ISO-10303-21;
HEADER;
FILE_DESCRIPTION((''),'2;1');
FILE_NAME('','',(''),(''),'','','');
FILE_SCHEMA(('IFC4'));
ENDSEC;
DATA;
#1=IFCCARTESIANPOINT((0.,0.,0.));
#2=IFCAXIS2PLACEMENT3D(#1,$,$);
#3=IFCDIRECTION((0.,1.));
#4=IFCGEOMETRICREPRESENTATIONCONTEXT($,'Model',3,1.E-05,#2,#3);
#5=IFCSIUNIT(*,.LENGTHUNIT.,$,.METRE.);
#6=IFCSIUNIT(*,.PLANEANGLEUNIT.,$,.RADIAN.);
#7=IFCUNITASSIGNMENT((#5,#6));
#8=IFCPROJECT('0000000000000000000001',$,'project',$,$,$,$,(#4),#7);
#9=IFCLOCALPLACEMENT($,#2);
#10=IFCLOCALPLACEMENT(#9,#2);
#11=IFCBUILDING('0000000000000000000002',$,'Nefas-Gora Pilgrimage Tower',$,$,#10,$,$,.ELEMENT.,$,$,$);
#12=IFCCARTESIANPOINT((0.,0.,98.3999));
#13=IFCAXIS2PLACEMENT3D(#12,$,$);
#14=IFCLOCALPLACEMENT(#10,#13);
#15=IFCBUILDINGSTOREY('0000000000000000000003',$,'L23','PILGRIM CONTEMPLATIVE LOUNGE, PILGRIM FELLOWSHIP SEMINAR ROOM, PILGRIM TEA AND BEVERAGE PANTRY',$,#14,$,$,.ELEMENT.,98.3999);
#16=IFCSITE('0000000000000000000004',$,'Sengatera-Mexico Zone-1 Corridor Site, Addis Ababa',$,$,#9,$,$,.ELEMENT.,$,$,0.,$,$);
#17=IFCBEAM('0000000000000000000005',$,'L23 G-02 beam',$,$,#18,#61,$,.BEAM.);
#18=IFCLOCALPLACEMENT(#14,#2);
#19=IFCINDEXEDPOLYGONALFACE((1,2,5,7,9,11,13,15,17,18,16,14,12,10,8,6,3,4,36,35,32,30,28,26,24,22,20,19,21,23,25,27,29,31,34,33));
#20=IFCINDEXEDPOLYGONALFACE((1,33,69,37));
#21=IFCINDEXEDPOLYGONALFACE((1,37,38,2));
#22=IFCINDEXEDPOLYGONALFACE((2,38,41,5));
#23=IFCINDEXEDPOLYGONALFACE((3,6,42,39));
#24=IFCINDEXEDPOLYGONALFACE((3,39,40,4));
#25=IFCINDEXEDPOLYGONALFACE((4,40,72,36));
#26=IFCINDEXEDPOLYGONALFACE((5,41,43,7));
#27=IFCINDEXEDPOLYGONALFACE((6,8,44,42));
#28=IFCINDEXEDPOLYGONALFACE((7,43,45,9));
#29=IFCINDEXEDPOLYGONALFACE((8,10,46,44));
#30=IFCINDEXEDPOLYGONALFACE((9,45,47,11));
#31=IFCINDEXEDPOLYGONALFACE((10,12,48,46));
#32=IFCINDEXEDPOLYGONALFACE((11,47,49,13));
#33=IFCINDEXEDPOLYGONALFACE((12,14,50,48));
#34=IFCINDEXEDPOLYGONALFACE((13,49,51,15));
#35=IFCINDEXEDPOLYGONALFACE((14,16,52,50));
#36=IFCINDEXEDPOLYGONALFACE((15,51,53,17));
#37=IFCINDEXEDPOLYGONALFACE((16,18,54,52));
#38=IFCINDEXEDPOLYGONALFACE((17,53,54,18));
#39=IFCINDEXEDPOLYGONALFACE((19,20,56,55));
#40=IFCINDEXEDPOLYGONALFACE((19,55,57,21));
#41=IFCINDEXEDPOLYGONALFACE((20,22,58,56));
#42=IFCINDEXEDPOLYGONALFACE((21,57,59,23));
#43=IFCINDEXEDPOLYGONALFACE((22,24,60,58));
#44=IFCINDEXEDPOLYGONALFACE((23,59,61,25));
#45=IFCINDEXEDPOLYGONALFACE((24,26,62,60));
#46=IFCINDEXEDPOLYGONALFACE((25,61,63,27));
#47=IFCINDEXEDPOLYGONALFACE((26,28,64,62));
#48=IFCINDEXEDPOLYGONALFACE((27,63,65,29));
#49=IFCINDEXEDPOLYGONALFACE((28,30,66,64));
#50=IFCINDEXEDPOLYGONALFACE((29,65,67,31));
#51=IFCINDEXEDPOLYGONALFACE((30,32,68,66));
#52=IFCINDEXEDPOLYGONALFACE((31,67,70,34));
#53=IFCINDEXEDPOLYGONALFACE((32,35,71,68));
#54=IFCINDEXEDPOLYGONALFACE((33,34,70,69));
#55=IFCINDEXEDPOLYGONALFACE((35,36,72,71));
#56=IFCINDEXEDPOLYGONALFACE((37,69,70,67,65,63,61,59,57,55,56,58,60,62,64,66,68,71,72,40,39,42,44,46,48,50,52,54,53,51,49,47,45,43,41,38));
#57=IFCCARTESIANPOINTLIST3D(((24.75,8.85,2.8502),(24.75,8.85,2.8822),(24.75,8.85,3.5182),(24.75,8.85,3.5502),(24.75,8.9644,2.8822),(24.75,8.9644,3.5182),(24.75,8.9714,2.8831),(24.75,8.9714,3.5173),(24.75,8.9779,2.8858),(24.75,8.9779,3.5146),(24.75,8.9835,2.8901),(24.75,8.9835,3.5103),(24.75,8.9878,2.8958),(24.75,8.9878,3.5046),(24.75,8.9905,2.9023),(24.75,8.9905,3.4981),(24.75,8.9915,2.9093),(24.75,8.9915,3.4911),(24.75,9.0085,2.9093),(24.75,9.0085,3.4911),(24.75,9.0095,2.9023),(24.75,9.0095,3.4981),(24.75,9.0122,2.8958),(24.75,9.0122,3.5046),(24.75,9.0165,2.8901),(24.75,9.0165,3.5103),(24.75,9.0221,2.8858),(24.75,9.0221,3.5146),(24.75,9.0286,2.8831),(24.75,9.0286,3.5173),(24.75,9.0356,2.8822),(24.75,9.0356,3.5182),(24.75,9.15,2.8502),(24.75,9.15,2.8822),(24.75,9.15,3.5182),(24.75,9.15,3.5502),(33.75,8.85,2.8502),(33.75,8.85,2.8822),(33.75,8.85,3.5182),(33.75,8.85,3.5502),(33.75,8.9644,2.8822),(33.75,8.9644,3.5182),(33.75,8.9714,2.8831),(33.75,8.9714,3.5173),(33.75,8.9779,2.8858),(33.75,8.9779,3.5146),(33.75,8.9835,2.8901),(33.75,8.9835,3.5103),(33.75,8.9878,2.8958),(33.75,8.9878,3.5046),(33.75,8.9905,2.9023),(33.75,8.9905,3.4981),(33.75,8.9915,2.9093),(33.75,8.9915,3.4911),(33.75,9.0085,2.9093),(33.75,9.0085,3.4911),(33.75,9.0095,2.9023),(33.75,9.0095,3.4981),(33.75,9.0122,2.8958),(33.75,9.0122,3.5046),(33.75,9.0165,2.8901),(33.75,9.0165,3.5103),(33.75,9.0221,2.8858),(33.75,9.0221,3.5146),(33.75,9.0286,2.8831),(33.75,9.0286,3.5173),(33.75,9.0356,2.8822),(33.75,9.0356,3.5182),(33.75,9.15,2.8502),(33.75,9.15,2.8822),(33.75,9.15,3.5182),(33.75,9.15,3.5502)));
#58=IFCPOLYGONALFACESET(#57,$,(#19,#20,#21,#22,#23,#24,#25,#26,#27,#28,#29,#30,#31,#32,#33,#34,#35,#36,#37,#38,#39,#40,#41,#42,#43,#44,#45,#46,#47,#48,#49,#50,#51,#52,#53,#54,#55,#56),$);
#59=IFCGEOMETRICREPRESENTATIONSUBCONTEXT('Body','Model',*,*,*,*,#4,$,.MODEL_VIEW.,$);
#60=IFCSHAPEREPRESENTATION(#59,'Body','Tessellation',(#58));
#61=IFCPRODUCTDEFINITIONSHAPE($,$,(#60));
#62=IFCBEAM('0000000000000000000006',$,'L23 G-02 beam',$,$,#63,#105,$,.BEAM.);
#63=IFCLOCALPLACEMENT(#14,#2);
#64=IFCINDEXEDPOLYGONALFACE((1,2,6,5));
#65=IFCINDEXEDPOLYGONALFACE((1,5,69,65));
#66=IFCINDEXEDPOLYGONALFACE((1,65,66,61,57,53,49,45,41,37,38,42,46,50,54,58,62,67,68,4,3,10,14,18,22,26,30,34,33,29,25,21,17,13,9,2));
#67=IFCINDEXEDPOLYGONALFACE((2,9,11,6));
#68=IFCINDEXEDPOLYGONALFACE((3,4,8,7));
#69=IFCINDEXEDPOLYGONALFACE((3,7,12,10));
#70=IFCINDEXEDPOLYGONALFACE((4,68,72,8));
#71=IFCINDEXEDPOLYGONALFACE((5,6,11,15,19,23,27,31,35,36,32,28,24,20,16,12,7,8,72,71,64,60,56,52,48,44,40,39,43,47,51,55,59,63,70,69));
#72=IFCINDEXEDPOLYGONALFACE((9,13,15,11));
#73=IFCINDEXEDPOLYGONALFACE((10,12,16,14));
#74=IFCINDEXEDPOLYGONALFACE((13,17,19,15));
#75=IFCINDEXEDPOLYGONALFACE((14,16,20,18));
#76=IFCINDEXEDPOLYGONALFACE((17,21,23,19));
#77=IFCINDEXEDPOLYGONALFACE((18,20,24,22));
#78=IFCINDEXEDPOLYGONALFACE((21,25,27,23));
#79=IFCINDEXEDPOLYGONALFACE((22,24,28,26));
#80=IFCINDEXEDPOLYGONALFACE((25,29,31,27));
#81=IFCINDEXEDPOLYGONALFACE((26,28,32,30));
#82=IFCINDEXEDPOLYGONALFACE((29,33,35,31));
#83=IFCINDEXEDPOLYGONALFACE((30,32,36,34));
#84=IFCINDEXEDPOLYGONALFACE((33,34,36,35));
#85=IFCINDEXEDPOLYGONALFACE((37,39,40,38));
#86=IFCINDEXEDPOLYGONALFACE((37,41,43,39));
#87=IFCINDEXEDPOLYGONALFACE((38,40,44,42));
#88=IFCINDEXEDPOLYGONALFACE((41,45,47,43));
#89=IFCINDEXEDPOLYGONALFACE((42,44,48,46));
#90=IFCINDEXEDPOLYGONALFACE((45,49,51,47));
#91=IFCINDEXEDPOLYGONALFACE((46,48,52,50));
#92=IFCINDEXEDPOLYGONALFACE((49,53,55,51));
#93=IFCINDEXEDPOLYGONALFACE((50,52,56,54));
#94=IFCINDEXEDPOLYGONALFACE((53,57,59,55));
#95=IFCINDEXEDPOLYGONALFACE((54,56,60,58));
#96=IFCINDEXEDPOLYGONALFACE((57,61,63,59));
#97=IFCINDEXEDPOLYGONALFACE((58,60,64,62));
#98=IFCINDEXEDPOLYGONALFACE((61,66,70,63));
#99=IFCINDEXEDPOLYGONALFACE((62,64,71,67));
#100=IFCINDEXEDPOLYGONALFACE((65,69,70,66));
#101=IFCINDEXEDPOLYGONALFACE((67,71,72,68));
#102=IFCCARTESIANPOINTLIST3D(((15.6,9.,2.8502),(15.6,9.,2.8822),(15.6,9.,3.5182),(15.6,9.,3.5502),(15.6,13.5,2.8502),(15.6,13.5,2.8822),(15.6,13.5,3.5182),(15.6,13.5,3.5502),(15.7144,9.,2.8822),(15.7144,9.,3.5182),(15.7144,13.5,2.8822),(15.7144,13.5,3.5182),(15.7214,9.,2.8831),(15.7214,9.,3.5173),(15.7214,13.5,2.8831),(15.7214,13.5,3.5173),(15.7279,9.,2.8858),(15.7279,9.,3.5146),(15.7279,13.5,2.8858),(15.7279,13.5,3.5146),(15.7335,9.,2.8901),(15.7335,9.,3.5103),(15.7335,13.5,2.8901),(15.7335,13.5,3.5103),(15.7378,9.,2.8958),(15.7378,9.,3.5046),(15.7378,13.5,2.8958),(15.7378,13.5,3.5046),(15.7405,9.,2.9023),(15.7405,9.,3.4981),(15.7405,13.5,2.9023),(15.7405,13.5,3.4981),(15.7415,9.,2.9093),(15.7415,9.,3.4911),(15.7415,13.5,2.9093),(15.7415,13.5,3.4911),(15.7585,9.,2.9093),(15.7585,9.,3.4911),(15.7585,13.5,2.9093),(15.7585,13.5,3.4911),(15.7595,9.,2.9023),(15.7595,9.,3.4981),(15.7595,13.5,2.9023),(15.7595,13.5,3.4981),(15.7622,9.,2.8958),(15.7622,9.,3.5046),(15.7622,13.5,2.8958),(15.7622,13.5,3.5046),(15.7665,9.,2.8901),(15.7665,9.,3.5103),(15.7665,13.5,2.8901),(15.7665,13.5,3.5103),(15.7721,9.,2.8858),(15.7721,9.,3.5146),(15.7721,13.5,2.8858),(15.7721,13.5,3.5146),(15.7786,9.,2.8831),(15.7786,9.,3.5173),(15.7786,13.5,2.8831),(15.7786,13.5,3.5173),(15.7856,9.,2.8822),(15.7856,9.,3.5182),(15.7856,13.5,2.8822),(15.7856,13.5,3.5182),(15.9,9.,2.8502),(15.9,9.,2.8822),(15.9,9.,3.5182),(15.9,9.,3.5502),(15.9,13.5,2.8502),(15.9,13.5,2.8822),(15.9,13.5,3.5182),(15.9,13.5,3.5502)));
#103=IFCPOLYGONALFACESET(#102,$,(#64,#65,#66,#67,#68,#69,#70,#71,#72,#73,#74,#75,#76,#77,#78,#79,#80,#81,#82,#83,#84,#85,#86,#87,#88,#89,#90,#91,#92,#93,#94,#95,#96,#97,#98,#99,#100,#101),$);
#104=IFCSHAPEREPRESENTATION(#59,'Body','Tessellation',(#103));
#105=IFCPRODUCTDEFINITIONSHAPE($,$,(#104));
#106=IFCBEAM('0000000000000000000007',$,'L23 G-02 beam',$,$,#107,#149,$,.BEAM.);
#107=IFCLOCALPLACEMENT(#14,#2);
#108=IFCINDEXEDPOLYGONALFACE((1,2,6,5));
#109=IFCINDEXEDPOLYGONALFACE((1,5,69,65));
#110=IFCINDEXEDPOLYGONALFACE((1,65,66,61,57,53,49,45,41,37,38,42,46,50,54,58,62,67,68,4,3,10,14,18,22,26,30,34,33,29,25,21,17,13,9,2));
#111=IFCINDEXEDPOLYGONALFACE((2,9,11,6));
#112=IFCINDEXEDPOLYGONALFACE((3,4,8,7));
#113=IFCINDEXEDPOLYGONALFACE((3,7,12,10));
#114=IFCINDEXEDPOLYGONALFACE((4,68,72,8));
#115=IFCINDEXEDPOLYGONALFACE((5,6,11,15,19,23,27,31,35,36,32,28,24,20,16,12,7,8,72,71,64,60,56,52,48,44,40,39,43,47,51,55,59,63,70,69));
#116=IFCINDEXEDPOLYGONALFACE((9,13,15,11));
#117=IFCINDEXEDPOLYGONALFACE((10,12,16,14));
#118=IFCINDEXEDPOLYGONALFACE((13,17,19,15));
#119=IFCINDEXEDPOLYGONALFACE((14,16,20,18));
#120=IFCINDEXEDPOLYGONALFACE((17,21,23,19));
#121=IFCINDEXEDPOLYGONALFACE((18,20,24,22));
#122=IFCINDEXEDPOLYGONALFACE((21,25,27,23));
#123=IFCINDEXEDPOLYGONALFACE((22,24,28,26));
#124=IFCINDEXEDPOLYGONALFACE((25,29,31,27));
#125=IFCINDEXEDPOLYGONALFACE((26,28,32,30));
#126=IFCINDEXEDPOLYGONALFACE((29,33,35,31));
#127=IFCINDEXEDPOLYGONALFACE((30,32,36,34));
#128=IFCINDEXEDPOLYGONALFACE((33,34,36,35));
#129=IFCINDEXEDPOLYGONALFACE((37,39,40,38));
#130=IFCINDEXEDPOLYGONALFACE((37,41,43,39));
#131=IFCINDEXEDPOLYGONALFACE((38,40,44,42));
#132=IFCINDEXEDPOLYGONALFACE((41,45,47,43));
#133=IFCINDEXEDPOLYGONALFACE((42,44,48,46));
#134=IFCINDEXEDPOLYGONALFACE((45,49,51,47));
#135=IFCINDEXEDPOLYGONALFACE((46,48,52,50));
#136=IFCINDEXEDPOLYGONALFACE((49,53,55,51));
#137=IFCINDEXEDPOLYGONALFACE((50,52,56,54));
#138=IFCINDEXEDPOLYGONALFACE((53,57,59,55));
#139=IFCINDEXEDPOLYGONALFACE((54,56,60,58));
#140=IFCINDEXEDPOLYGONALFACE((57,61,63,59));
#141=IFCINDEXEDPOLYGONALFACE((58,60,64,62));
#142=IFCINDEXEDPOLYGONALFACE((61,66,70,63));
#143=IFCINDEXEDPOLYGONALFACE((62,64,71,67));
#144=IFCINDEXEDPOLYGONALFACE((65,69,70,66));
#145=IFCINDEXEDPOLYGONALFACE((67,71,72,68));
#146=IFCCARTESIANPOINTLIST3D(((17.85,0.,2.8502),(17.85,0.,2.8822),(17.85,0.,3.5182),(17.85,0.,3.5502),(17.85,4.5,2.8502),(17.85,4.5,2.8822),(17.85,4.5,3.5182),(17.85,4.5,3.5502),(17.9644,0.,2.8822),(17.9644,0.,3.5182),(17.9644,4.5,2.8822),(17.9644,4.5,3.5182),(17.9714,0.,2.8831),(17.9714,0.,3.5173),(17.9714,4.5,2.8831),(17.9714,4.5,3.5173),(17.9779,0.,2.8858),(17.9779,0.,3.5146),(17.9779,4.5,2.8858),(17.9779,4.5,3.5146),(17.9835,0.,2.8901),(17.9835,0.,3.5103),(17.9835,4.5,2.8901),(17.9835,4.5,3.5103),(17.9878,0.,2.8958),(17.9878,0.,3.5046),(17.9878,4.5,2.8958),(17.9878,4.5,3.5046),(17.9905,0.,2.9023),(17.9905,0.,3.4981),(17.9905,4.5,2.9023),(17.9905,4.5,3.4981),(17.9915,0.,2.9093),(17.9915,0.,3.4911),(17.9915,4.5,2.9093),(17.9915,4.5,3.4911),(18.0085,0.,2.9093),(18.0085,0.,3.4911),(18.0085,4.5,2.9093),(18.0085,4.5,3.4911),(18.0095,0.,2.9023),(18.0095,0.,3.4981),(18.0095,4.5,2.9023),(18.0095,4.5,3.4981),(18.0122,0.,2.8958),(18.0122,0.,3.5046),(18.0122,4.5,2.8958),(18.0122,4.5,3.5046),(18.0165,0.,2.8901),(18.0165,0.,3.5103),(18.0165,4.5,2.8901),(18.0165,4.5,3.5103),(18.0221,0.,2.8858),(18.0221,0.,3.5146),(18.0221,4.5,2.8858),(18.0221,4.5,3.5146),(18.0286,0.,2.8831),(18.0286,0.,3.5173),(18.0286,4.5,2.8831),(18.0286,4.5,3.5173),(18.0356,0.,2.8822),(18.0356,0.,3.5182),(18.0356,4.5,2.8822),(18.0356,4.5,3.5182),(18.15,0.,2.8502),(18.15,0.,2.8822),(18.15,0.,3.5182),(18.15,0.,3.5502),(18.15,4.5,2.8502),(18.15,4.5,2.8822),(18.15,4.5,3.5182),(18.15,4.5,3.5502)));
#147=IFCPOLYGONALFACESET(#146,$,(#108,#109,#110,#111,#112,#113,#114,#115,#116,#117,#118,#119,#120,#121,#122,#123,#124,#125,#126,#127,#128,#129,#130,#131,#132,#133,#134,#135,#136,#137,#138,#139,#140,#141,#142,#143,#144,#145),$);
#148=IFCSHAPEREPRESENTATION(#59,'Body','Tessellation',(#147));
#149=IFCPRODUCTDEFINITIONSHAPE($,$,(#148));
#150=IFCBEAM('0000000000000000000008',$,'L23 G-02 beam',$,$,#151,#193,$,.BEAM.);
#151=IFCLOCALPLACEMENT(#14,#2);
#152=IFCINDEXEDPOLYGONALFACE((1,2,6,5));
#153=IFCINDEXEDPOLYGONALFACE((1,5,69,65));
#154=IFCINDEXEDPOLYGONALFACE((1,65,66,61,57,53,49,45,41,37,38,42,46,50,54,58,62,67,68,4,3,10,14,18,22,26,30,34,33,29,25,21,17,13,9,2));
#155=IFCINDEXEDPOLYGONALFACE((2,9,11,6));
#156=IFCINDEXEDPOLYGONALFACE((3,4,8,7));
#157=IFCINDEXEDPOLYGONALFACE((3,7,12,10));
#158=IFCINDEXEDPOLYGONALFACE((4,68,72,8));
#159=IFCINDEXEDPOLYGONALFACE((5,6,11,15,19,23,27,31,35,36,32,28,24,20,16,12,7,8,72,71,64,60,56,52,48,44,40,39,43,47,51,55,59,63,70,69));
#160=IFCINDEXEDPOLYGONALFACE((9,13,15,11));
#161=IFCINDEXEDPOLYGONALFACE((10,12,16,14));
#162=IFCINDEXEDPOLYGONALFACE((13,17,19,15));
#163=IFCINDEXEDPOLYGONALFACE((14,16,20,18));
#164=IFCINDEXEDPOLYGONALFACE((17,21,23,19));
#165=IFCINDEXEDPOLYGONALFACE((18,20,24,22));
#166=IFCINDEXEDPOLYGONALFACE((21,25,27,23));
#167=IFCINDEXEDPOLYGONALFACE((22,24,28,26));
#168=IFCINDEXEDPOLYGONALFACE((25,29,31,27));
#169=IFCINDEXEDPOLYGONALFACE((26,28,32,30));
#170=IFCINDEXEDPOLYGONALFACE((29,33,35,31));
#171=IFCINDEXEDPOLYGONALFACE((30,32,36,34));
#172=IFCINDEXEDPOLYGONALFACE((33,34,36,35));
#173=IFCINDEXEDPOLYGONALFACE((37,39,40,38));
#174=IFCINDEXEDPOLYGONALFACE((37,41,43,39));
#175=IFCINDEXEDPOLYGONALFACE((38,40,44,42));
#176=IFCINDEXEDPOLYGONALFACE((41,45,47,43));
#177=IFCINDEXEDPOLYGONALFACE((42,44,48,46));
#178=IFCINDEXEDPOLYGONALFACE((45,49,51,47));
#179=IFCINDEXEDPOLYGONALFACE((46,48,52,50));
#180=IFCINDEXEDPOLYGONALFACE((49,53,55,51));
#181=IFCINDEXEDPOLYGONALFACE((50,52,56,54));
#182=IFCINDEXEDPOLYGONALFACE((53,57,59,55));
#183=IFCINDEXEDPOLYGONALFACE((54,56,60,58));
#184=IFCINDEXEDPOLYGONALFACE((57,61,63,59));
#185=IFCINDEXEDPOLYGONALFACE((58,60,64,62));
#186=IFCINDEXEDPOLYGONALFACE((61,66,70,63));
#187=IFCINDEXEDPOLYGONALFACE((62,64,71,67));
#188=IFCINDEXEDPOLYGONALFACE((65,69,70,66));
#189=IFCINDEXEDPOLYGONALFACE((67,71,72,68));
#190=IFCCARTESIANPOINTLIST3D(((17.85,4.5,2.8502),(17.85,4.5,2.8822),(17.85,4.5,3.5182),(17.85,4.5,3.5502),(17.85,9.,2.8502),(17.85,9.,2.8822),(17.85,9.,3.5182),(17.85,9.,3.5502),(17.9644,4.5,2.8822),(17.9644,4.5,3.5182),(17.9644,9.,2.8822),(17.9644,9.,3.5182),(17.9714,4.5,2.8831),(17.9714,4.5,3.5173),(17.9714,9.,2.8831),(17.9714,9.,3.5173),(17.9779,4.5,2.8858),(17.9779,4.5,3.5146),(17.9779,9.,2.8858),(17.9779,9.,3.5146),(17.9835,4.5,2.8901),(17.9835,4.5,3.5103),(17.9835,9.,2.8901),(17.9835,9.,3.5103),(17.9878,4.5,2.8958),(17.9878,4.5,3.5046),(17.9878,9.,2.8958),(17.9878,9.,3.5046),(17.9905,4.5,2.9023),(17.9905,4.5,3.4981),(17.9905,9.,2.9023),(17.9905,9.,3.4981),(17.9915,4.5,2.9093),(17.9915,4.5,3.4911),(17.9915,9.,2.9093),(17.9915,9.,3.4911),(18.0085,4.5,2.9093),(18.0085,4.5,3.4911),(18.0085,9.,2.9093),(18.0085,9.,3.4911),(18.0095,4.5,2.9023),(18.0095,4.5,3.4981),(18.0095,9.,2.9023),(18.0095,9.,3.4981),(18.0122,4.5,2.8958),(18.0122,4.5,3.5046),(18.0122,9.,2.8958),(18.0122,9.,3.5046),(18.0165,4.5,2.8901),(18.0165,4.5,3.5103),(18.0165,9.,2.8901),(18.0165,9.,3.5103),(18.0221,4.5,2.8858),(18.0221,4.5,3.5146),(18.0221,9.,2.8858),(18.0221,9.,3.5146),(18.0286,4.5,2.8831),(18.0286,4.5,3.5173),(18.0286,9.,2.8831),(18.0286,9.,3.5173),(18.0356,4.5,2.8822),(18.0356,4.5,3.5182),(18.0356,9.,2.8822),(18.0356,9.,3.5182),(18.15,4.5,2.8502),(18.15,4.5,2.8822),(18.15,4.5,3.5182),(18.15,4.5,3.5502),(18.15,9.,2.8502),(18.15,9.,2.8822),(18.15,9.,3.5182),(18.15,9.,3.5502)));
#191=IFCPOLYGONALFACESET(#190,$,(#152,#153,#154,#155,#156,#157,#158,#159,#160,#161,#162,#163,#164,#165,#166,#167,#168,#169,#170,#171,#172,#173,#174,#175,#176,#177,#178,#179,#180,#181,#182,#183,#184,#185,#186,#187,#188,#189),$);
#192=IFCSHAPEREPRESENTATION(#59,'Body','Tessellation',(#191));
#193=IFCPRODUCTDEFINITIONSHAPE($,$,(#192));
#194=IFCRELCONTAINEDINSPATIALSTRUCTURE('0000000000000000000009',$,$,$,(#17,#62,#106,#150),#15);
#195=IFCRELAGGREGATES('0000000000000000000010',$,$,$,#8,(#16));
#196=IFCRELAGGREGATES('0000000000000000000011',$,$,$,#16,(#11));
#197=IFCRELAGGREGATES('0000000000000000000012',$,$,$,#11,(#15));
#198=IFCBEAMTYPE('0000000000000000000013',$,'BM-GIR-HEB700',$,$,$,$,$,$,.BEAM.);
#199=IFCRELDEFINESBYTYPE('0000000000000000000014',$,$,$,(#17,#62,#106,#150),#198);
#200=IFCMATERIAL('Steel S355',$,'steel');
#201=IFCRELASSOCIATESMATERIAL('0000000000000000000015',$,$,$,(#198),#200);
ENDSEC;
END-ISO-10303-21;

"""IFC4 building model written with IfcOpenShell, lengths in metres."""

from ifc_helpers import new_model, si_unit, direction, frame, origin, origin_2d, place, context, subcontext, project, spatial, i_section, extrude, source, transform, mapped, material, material_profile, profile_set, type_object, element, save


model = new_model("IFC4")

# Units and contexts
model_context = context("Model", 3, precision=1e-05, world=origin(), true_north=direction((0.0, 1.0)))
body_context = subcontext(model_context, "Body", "Model", "MODEL_VIEW")
ifc_project = project(units=[si_unit("LENGTHUNIT", "METRE"), si_unit("PLANEANGLEUNIT", "RADIAN")], contexts=[model_context])

# Site, building, storey
site_placement = place(None, origin())
site = spatial("IfcSite", under=ifc_project, at=site_placement, Name="Sengatera-Mexico Zone-1 Corridor Site, Addis Ababa", CompositionType="ELEMENT", RefElevation=0.0)
building_placement = place(site_placement, origin())
building = spatial("IfcBuilding", under=site, at=building_placement, Name="Nefas-Gora Pilgrimage Tower", CompositionType="ELEMENT")
storey_placement = place(building_placement, frame((0.0, 0.0, 98.3999)))
storey = spatial("IfcBuildingStorey", under=building, at=storey_placement, Name="L23", Description="PILGRIM CONTEMPLATIVE LOUNGE, PILGRIM FELLOWSHIP SEMINAR ROOM, PILGRIM TEA AND BEVERAGE PANTRY", CompositionType="ELEMENT", Elevation=98.3999)

# Beams
ifc_material_1 = material(Name="Steel S355", Category="steel")
ifc_material_profile_1 = material_profile(ifc_material_1, i_section(OverallWidth=0.3, OverallDepth=0.7, WebThickness=0.0171, FlangeThickness=0.032, FilletRadius=0.0271, at=origin_2d()), Name="HEB 700")
ifc_profile_set_1 = profile_set([ifc_material_profile_1], Name="Steel S355")
beam_type_1 = type_object("IfcBeamType", Name="BM-GIR-HEB700", PredefinedType="BEAM", material=ifc_profile_set_1)
shared_shape_1 = source(origin(), body_context, "Body", "SweptSolid", [
    extrude(i_section(OverallWidth=0.3, OverallDepth=0.7, WebThickness=0.0171, FlangeThickness=0.032, FilletRadius=0.0271, at=origin_2d()), origin(), (0.0, 0.0, 1.0), 9.0),
])
for number, where, z_axis, x_axis, name in (
    (1, (24.75, 9.0, 3.2002), (1.0, 0.0, 0.0), (0.0, 1.0, 0.0), "L23 G-02 beam"),
):
    element("IfcBeam", number, at=place(storey_placement, frame(where, z_axis=z_axis, x_axis=x_axis)), inside=storey, type_object=beam_type_1, Name=name, PredefinedType="BEAM", context=body_context, shape_type="MappedRepresentation", body=[
        mapped(shared_shape_1, transform((0.0, 0.0, 0.0), x_axis=(1.0, 0.0, 0.0), y_axis=(0.0, 1.0, 0.0), z_axis=(0.0, 0.0, 1.0), scale=1.0)),
    ])
shared_shape_2 = source(origin(), body_context, "Body", "SweptSolid", [
    extrude(i_section(OverallWidth=0.3, OverallDepth=0.7, WebThickness=0.0171, FlangeThickness=0.032, FilletRadius=0.0271, at=origin_2d()), origin(), (0.0, 0.0, 1.0), 4.5),
])
for number, where, z_axis, x_axis, name in (
    (2, (15.75, 9.0, 3.2002), (0.0, 1.0, 0.0), (-1.0, 0.0, 0.0), "L23 G-02 beam"),
    (3, (18.0, 0.0, 3.2002), (0.0, 1.0, 0.0), (-1.0, 0.0, 0.0), "L23 G-02 beam"),
    (4, (18.0, 4.5, 3.2002), (0.0, 1.0, 0.0), (-1.0, 0.0, 0.0), "L23 G-02 beam"),
):
    element("IfcBeam", number, at=place(storey_placement, frame(where, z_axis=z_axis, x_axis=x_axis)), inside=storey, type_object=beam_type_1, Name=name, PredefinedType="BEAM", context=body_context, shape_type="MappedRepresentation", body=[
        mapped(shared_shape_2, transform((0.0, 0.0, 0.0), x_axis=(1.0, 0.0, 0.0), y_axis=(0.0, 1.0, 0.0), z_axis=(0.0, 0.0, 1.0), scale=1.0)),
    ])

save(model, "model.ifc")
